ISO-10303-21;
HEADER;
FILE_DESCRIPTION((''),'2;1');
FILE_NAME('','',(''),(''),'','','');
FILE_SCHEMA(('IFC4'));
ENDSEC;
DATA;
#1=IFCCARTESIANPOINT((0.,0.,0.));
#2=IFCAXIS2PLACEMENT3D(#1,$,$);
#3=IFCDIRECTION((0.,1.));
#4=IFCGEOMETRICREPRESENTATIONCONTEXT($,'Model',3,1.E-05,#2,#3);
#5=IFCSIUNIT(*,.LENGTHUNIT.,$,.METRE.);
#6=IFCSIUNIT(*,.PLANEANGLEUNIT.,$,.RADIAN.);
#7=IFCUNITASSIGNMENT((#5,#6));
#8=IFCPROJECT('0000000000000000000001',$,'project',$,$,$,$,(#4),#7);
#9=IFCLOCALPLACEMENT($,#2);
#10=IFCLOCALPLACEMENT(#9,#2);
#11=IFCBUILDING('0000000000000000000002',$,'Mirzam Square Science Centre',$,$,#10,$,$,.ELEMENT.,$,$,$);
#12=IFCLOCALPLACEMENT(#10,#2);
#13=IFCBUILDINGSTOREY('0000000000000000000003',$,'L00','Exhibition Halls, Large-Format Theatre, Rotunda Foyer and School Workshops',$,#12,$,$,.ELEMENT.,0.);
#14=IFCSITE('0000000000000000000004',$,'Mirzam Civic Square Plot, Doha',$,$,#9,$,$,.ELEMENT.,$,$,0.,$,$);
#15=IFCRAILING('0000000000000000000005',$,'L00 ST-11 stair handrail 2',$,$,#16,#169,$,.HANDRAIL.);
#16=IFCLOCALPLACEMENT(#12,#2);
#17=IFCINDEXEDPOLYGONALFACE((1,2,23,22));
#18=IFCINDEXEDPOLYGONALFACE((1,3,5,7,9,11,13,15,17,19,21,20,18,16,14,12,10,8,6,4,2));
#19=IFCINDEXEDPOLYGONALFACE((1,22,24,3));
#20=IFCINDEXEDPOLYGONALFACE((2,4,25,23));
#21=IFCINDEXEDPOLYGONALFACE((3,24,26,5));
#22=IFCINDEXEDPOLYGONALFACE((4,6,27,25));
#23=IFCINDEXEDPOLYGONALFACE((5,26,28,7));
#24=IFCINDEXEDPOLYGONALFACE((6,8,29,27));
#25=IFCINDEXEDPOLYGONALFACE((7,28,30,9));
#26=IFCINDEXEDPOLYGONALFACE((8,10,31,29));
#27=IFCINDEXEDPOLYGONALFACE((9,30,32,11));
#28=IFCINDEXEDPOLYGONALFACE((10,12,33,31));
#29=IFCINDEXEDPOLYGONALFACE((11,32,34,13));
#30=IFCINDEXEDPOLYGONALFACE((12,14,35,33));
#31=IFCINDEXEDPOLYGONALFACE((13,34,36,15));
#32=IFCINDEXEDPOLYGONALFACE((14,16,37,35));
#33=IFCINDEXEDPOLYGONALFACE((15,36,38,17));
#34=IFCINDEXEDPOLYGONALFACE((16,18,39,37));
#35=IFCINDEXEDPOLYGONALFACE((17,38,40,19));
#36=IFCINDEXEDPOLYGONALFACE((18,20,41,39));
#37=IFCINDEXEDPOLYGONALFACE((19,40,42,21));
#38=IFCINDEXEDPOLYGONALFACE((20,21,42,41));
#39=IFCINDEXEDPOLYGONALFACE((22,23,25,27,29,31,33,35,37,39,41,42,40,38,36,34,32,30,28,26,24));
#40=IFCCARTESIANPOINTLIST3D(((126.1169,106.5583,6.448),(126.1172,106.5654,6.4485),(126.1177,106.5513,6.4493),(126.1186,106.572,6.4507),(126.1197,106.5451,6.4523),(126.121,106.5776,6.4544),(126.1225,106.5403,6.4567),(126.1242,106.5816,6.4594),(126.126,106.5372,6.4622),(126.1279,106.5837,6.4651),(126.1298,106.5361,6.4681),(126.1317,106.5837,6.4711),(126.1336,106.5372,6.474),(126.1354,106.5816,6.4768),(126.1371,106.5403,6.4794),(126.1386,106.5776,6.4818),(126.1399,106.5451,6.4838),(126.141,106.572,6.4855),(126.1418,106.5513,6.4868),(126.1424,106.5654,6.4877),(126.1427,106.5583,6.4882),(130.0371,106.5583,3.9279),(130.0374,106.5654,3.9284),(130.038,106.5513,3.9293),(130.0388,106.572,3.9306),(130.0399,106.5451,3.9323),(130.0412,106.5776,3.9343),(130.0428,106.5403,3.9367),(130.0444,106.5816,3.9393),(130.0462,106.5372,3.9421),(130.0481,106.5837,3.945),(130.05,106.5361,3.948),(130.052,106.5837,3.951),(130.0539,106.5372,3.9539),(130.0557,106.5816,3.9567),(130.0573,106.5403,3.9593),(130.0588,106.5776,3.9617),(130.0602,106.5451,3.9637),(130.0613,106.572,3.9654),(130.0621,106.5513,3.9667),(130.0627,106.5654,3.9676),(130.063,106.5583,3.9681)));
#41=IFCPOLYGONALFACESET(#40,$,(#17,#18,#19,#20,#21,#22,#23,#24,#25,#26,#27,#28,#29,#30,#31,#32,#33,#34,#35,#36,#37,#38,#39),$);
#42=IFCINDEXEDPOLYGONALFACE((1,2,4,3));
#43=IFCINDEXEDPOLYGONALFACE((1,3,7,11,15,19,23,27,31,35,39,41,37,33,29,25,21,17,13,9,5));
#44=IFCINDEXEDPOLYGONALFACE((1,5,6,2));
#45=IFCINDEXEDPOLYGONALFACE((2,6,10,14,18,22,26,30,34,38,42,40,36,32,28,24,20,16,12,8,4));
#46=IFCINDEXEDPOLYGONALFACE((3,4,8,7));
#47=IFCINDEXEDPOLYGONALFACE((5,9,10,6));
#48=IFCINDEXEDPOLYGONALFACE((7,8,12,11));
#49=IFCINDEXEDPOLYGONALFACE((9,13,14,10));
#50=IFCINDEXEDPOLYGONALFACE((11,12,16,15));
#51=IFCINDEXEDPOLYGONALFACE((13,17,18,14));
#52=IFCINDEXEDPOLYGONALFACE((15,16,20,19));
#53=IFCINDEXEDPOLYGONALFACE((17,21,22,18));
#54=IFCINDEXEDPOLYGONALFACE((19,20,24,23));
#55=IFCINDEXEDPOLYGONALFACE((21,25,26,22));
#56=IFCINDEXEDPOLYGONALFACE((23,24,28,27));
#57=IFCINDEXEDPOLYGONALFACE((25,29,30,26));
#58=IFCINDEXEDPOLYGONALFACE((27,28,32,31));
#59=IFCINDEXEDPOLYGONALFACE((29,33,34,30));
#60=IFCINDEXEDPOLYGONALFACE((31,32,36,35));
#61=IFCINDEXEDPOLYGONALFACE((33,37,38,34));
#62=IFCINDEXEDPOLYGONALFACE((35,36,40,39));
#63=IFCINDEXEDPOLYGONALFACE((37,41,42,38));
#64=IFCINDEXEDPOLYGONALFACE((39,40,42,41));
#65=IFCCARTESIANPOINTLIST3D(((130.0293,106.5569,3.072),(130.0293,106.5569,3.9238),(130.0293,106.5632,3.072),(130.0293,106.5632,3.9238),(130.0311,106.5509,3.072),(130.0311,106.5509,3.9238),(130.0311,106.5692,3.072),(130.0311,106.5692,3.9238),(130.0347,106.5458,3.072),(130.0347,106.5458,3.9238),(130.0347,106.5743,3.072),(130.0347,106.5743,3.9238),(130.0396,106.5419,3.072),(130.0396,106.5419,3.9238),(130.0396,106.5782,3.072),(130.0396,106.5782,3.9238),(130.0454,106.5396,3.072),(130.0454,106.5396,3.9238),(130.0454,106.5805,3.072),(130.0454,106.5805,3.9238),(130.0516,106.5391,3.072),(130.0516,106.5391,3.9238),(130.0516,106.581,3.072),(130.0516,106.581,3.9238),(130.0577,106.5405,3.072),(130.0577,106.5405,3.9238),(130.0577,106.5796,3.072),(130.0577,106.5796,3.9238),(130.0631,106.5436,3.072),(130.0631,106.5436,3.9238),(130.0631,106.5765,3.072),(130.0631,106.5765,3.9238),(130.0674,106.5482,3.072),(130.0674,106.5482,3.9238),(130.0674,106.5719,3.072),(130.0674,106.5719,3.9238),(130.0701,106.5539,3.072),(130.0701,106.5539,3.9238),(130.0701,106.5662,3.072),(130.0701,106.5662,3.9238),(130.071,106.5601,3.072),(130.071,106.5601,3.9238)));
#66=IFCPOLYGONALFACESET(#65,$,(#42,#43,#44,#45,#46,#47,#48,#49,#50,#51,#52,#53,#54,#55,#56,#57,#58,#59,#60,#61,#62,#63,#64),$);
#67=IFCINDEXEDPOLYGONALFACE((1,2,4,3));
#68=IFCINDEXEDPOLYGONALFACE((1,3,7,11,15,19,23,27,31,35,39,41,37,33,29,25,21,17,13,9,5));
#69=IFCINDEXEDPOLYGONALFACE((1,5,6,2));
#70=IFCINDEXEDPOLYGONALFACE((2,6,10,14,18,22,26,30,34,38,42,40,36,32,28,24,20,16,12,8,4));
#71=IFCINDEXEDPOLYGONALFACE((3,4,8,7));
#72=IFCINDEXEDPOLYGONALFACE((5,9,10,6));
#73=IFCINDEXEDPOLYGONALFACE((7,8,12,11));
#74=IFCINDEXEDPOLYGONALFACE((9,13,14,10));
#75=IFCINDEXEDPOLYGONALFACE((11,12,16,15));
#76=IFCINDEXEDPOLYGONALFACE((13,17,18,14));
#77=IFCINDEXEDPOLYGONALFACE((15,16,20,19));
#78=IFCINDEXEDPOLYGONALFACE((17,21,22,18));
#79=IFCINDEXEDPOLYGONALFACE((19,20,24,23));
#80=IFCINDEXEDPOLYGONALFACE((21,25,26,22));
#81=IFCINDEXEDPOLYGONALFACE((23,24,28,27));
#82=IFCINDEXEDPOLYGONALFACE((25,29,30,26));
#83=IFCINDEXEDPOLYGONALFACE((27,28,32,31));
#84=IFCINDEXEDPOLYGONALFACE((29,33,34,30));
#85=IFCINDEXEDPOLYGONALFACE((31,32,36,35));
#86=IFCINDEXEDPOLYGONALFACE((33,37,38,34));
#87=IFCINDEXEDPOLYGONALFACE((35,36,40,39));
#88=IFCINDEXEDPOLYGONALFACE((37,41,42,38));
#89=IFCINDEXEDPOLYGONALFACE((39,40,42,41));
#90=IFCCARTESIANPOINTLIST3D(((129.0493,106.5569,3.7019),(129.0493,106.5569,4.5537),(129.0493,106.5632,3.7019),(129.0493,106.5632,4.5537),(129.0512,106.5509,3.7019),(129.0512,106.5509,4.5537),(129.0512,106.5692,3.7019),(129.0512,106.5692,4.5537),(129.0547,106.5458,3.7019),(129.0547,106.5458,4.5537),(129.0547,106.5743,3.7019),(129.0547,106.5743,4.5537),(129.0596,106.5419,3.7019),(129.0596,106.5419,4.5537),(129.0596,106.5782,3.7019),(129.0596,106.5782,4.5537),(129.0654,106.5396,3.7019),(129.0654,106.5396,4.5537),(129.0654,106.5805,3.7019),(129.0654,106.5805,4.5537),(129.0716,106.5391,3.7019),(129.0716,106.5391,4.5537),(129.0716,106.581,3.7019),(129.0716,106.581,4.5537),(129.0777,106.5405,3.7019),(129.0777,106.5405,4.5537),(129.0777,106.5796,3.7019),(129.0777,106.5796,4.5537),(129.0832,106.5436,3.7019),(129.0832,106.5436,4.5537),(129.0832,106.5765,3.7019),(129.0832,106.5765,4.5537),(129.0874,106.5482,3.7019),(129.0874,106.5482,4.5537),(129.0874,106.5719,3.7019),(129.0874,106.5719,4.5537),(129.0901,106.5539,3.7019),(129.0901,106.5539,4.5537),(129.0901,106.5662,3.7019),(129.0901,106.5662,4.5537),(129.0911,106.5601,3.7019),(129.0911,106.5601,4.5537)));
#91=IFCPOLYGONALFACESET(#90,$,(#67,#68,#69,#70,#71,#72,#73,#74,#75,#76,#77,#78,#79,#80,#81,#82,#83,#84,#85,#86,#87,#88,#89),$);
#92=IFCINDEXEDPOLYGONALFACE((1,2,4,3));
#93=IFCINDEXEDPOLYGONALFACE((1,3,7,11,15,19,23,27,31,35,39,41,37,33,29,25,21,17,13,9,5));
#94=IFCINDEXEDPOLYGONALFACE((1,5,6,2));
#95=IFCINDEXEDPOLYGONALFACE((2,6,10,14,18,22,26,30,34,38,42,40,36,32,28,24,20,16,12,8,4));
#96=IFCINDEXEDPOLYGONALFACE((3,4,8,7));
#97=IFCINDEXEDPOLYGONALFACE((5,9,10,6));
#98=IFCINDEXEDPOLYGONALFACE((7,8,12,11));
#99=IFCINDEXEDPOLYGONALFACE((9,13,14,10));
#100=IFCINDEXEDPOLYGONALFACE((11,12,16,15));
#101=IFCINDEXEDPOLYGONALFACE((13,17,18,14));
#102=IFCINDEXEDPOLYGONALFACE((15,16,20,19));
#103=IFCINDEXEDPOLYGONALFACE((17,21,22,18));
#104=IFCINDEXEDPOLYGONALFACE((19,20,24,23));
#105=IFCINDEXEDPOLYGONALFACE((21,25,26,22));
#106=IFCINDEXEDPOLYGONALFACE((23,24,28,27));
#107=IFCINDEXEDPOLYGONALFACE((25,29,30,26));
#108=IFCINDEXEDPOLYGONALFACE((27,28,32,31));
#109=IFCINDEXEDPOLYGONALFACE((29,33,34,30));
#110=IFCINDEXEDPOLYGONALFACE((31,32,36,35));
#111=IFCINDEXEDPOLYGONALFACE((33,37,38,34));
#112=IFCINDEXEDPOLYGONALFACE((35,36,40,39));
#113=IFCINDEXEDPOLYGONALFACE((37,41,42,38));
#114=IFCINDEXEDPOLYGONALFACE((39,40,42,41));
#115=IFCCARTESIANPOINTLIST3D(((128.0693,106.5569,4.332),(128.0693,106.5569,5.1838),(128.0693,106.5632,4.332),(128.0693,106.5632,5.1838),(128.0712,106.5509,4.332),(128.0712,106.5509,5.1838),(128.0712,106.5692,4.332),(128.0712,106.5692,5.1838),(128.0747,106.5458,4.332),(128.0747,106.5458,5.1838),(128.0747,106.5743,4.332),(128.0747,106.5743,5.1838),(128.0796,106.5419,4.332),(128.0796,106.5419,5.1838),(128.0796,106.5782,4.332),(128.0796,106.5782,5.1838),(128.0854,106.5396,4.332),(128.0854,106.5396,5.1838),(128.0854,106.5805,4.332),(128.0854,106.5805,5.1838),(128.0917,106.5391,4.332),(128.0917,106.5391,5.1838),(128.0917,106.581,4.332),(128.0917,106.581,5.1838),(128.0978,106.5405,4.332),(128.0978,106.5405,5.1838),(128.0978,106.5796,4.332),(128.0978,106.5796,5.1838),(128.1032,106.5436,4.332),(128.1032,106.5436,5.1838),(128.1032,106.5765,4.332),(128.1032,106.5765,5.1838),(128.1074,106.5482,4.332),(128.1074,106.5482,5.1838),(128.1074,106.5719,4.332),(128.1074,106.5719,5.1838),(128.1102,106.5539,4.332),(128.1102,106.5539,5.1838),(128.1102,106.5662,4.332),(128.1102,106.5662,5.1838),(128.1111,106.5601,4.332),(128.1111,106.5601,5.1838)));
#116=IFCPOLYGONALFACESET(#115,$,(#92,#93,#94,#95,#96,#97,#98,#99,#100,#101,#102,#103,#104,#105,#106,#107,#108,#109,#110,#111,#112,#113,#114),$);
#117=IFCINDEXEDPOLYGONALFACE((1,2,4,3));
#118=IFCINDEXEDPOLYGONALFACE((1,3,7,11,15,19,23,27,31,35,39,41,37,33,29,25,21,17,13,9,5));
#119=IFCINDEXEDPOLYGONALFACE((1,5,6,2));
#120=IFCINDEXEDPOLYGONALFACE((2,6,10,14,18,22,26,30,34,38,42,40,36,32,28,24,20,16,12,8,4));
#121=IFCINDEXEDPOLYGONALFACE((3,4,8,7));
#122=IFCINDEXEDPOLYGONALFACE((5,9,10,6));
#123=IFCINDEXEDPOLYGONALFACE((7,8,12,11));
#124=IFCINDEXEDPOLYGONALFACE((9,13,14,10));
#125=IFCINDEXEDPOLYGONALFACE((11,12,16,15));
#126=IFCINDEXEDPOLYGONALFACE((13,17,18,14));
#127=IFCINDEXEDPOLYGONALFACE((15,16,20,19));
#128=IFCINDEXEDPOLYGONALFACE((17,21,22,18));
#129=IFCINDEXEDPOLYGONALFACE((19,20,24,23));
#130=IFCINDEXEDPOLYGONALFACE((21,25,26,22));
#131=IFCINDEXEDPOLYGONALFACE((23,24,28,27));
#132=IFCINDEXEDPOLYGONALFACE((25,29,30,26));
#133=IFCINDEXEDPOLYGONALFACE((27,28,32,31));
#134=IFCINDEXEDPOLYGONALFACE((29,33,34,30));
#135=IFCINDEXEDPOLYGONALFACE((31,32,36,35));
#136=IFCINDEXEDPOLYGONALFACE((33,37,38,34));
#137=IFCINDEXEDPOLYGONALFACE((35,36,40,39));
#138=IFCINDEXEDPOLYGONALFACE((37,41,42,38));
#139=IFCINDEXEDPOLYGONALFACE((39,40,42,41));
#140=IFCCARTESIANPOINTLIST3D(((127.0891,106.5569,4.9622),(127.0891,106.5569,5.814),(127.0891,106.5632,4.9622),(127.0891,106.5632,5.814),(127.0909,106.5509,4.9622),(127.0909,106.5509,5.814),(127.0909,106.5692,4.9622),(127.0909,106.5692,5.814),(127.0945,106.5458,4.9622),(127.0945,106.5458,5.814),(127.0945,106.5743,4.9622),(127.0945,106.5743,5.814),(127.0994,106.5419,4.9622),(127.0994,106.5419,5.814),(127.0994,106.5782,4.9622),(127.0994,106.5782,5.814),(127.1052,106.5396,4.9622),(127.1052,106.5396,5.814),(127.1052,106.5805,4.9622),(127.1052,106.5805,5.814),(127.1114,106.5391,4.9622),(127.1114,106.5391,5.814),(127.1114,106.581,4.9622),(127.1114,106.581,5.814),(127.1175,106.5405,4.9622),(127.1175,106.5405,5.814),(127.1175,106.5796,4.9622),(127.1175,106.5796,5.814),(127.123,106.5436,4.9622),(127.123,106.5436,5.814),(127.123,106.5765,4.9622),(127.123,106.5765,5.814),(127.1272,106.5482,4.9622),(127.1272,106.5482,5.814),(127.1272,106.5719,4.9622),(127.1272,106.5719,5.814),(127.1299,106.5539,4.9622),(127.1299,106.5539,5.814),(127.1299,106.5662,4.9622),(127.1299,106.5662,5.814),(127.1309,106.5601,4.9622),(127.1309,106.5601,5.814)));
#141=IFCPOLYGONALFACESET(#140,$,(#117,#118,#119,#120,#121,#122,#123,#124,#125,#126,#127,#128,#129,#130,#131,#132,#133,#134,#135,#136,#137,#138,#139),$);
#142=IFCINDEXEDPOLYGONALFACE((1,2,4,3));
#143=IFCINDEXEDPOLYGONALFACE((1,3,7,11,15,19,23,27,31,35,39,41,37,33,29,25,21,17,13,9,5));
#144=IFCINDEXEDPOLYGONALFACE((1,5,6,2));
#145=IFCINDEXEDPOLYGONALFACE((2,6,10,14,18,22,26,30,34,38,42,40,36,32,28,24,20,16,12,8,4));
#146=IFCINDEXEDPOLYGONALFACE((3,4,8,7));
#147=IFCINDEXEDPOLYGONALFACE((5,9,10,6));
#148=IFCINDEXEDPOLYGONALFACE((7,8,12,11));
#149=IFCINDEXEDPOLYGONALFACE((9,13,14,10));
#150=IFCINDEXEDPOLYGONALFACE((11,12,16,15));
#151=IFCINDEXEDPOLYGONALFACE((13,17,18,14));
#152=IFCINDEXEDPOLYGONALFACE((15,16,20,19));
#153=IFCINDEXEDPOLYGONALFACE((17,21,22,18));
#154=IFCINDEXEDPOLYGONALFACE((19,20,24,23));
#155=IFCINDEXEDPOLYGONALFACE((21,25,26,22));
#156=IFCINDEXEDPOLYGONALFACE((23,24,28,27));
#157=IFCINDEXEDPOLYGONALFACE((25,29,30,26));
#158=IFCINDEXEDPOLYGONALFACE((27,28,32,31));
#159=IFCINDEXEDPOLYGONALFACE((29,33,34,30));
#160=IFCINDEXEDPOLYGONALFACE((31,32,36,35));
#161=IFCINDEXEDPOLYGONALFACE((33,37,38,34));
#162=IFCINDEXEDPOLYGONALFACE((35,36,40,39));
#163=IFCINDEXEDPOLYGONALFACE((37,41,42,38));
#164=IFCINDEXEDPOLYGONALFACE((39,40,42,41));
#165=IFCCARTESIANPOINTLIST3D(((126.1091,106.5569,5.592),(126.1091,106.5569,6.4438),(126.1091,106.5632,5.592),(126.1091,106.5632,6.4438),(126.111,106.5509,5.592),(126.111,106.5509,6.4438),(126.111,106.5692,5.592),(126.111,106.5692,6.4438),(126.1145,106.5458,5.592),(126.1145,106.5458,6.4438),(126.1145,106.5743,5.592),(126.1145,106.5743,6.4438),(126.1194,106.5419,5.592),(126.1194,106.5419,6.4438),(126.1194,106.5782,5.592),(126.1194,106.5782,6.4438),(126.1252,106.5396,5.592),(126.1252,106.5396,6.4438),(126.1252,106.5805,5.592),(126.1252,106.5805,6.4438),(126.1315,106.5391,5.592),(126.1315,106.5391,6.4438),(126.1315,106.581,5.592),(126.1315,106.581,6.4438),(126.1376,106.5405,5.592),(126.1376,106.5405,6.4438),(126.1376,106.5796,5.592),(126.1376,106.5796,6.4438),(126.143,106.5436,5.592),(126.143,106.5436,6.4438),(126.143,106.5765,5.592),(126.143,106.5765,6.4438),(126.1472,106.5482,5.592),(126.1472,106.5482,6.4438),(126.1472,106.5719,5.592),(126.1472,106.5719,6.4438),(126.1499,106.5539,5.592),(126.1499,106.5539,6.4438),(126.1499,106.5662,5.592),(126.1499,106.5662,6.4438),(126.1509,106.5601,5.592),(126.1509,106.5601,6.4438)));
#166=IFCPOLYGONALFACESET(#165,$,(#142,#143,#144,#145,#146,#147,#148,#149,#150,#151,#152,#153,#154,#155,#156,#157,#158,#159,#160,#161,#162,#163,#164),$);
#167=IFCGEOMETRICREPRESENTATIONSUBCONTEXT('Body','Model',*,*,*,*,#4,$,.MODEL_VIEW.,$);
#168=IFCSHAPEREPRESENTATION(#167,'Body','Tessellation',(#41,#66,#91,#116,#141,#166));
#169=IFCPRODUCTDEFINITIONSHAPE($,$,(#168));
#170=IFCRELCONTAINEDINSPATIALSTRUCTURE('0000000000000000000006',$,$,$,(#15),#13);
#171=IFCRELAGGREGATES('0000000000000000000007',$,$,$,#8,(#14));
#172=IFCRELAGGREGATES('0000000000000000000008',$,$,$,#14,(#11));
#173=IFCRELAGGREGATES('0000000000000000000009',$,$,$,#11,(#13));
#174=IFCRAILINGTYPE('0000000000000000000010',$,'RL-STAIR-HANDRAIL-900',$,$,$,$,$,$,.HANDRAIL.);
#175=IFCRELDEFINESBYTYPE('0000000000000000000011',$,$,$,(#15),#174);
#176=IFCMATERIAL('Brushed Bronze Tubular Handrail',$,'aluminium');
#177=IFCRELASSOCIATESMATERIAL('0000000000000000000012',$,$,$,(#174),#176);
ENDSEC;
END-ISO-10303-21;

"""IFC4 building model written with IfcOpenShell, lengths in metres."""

from ifc_helpers import new_model, si_unit, direction, frame, origin, origin_2d, place, context, subcontext, project, spatial, circle, extrude, material, type_object, element, save


model = new_model("IFC4")

# Units and contexts
model_context = context("Model", 3, precision=1e-05, world=origin(), true_north=direction((0.0, 1.0)))
body_context = subcontext(model_context, "Body", "Model", "MODEL_VIEW")
ifc_project = project(units=[si_unit("LENGTHUNIT", "METRE"), si_unit("PLANEANGLEUNIT", "RADIAN")], contexts=[model_context])

# Site, building, storey
site_placement = place(None, origin())
site = spatial("IfcSite", under=ifc_project, at=site_placement, Name="Mirzam Civic Square Plot, Doha", CompositionType="ELEMENT", RefElevation=0.0)
building_placement = place(site_placement, origin())
building = spatial("IfcBuilding", under=site, at=building_placement, Name="Mirzam Square Science Centre", CompositionType="ELEMENT")
storey_placement = place(building_placement, origin())
storey = spatial("IfcBuildingStorey", under=building, at=storey_placement, Name="L00", Description="Exhibition Halls, Large-Format Theatre, Rotunda Foyer and School Workshops", CompositionType="ELEMENT", Elevation=0.0)

# Railing
ifc_material_1 = material(Name="Brushed Bronze Tubular Handrail", Category="aluminium")
railing_type_1 = type_object("IfcRailingType", Name="RL-STAIR-HANDRAIL-900", PredefinedType="HANDRAIL", material=ifc_material_1)
railing_1_placement = place(storey_placement, frame((130.05, 106.5601, 3.072)))
element("IfcRailing", 1, at=railing_1_placement, inside=storey, type_object=railing_type_1, Name="L00 ST-11 stair handrail 2", PredefinedType="HANDRAIL", context=body_context, shape_type="SweptSolid", body=[
    extrude(circle(Radius=0.0239, at=origin_2d()), frame((0.0, 0.0, 0.876), z_axis=(-0.841187, 0.0, 0.540744), x_axis=(0.0, -1.0, 0.0)), (0.0, 0.0, 1.0), 4.6604),
    extrude(circle(Radius=0.021, at=origin_2d()), origin(), (0.0, 0.0, 1.0), 0.8518),
    extrude(circle(Radius=0.021, at=origin_2d()), frame((-0.98, 0.0, 0.6299)), (0.0, 0.0, 1.0), 0.8518),
    extrude(circle(Radius=0.021, at=origin_2d()), frame((-1.96, 0.0, 1.26)), (0.0, 0.0, 1.0), 0.8518),
    extrude(circle(Radius=0.021, at=origin_2d()), frame((-2.9402, 0.0, 1.8901)), (0.0, 0.0, 1.0), 0.8518),
    extrude(circle(Radius=0.021, at=origin_2d()), frame((-3.9202, 0.0, 2.52)), (0.0, 0.0, 1.0), 0.8518),
])

save(model, "model.ifc")
